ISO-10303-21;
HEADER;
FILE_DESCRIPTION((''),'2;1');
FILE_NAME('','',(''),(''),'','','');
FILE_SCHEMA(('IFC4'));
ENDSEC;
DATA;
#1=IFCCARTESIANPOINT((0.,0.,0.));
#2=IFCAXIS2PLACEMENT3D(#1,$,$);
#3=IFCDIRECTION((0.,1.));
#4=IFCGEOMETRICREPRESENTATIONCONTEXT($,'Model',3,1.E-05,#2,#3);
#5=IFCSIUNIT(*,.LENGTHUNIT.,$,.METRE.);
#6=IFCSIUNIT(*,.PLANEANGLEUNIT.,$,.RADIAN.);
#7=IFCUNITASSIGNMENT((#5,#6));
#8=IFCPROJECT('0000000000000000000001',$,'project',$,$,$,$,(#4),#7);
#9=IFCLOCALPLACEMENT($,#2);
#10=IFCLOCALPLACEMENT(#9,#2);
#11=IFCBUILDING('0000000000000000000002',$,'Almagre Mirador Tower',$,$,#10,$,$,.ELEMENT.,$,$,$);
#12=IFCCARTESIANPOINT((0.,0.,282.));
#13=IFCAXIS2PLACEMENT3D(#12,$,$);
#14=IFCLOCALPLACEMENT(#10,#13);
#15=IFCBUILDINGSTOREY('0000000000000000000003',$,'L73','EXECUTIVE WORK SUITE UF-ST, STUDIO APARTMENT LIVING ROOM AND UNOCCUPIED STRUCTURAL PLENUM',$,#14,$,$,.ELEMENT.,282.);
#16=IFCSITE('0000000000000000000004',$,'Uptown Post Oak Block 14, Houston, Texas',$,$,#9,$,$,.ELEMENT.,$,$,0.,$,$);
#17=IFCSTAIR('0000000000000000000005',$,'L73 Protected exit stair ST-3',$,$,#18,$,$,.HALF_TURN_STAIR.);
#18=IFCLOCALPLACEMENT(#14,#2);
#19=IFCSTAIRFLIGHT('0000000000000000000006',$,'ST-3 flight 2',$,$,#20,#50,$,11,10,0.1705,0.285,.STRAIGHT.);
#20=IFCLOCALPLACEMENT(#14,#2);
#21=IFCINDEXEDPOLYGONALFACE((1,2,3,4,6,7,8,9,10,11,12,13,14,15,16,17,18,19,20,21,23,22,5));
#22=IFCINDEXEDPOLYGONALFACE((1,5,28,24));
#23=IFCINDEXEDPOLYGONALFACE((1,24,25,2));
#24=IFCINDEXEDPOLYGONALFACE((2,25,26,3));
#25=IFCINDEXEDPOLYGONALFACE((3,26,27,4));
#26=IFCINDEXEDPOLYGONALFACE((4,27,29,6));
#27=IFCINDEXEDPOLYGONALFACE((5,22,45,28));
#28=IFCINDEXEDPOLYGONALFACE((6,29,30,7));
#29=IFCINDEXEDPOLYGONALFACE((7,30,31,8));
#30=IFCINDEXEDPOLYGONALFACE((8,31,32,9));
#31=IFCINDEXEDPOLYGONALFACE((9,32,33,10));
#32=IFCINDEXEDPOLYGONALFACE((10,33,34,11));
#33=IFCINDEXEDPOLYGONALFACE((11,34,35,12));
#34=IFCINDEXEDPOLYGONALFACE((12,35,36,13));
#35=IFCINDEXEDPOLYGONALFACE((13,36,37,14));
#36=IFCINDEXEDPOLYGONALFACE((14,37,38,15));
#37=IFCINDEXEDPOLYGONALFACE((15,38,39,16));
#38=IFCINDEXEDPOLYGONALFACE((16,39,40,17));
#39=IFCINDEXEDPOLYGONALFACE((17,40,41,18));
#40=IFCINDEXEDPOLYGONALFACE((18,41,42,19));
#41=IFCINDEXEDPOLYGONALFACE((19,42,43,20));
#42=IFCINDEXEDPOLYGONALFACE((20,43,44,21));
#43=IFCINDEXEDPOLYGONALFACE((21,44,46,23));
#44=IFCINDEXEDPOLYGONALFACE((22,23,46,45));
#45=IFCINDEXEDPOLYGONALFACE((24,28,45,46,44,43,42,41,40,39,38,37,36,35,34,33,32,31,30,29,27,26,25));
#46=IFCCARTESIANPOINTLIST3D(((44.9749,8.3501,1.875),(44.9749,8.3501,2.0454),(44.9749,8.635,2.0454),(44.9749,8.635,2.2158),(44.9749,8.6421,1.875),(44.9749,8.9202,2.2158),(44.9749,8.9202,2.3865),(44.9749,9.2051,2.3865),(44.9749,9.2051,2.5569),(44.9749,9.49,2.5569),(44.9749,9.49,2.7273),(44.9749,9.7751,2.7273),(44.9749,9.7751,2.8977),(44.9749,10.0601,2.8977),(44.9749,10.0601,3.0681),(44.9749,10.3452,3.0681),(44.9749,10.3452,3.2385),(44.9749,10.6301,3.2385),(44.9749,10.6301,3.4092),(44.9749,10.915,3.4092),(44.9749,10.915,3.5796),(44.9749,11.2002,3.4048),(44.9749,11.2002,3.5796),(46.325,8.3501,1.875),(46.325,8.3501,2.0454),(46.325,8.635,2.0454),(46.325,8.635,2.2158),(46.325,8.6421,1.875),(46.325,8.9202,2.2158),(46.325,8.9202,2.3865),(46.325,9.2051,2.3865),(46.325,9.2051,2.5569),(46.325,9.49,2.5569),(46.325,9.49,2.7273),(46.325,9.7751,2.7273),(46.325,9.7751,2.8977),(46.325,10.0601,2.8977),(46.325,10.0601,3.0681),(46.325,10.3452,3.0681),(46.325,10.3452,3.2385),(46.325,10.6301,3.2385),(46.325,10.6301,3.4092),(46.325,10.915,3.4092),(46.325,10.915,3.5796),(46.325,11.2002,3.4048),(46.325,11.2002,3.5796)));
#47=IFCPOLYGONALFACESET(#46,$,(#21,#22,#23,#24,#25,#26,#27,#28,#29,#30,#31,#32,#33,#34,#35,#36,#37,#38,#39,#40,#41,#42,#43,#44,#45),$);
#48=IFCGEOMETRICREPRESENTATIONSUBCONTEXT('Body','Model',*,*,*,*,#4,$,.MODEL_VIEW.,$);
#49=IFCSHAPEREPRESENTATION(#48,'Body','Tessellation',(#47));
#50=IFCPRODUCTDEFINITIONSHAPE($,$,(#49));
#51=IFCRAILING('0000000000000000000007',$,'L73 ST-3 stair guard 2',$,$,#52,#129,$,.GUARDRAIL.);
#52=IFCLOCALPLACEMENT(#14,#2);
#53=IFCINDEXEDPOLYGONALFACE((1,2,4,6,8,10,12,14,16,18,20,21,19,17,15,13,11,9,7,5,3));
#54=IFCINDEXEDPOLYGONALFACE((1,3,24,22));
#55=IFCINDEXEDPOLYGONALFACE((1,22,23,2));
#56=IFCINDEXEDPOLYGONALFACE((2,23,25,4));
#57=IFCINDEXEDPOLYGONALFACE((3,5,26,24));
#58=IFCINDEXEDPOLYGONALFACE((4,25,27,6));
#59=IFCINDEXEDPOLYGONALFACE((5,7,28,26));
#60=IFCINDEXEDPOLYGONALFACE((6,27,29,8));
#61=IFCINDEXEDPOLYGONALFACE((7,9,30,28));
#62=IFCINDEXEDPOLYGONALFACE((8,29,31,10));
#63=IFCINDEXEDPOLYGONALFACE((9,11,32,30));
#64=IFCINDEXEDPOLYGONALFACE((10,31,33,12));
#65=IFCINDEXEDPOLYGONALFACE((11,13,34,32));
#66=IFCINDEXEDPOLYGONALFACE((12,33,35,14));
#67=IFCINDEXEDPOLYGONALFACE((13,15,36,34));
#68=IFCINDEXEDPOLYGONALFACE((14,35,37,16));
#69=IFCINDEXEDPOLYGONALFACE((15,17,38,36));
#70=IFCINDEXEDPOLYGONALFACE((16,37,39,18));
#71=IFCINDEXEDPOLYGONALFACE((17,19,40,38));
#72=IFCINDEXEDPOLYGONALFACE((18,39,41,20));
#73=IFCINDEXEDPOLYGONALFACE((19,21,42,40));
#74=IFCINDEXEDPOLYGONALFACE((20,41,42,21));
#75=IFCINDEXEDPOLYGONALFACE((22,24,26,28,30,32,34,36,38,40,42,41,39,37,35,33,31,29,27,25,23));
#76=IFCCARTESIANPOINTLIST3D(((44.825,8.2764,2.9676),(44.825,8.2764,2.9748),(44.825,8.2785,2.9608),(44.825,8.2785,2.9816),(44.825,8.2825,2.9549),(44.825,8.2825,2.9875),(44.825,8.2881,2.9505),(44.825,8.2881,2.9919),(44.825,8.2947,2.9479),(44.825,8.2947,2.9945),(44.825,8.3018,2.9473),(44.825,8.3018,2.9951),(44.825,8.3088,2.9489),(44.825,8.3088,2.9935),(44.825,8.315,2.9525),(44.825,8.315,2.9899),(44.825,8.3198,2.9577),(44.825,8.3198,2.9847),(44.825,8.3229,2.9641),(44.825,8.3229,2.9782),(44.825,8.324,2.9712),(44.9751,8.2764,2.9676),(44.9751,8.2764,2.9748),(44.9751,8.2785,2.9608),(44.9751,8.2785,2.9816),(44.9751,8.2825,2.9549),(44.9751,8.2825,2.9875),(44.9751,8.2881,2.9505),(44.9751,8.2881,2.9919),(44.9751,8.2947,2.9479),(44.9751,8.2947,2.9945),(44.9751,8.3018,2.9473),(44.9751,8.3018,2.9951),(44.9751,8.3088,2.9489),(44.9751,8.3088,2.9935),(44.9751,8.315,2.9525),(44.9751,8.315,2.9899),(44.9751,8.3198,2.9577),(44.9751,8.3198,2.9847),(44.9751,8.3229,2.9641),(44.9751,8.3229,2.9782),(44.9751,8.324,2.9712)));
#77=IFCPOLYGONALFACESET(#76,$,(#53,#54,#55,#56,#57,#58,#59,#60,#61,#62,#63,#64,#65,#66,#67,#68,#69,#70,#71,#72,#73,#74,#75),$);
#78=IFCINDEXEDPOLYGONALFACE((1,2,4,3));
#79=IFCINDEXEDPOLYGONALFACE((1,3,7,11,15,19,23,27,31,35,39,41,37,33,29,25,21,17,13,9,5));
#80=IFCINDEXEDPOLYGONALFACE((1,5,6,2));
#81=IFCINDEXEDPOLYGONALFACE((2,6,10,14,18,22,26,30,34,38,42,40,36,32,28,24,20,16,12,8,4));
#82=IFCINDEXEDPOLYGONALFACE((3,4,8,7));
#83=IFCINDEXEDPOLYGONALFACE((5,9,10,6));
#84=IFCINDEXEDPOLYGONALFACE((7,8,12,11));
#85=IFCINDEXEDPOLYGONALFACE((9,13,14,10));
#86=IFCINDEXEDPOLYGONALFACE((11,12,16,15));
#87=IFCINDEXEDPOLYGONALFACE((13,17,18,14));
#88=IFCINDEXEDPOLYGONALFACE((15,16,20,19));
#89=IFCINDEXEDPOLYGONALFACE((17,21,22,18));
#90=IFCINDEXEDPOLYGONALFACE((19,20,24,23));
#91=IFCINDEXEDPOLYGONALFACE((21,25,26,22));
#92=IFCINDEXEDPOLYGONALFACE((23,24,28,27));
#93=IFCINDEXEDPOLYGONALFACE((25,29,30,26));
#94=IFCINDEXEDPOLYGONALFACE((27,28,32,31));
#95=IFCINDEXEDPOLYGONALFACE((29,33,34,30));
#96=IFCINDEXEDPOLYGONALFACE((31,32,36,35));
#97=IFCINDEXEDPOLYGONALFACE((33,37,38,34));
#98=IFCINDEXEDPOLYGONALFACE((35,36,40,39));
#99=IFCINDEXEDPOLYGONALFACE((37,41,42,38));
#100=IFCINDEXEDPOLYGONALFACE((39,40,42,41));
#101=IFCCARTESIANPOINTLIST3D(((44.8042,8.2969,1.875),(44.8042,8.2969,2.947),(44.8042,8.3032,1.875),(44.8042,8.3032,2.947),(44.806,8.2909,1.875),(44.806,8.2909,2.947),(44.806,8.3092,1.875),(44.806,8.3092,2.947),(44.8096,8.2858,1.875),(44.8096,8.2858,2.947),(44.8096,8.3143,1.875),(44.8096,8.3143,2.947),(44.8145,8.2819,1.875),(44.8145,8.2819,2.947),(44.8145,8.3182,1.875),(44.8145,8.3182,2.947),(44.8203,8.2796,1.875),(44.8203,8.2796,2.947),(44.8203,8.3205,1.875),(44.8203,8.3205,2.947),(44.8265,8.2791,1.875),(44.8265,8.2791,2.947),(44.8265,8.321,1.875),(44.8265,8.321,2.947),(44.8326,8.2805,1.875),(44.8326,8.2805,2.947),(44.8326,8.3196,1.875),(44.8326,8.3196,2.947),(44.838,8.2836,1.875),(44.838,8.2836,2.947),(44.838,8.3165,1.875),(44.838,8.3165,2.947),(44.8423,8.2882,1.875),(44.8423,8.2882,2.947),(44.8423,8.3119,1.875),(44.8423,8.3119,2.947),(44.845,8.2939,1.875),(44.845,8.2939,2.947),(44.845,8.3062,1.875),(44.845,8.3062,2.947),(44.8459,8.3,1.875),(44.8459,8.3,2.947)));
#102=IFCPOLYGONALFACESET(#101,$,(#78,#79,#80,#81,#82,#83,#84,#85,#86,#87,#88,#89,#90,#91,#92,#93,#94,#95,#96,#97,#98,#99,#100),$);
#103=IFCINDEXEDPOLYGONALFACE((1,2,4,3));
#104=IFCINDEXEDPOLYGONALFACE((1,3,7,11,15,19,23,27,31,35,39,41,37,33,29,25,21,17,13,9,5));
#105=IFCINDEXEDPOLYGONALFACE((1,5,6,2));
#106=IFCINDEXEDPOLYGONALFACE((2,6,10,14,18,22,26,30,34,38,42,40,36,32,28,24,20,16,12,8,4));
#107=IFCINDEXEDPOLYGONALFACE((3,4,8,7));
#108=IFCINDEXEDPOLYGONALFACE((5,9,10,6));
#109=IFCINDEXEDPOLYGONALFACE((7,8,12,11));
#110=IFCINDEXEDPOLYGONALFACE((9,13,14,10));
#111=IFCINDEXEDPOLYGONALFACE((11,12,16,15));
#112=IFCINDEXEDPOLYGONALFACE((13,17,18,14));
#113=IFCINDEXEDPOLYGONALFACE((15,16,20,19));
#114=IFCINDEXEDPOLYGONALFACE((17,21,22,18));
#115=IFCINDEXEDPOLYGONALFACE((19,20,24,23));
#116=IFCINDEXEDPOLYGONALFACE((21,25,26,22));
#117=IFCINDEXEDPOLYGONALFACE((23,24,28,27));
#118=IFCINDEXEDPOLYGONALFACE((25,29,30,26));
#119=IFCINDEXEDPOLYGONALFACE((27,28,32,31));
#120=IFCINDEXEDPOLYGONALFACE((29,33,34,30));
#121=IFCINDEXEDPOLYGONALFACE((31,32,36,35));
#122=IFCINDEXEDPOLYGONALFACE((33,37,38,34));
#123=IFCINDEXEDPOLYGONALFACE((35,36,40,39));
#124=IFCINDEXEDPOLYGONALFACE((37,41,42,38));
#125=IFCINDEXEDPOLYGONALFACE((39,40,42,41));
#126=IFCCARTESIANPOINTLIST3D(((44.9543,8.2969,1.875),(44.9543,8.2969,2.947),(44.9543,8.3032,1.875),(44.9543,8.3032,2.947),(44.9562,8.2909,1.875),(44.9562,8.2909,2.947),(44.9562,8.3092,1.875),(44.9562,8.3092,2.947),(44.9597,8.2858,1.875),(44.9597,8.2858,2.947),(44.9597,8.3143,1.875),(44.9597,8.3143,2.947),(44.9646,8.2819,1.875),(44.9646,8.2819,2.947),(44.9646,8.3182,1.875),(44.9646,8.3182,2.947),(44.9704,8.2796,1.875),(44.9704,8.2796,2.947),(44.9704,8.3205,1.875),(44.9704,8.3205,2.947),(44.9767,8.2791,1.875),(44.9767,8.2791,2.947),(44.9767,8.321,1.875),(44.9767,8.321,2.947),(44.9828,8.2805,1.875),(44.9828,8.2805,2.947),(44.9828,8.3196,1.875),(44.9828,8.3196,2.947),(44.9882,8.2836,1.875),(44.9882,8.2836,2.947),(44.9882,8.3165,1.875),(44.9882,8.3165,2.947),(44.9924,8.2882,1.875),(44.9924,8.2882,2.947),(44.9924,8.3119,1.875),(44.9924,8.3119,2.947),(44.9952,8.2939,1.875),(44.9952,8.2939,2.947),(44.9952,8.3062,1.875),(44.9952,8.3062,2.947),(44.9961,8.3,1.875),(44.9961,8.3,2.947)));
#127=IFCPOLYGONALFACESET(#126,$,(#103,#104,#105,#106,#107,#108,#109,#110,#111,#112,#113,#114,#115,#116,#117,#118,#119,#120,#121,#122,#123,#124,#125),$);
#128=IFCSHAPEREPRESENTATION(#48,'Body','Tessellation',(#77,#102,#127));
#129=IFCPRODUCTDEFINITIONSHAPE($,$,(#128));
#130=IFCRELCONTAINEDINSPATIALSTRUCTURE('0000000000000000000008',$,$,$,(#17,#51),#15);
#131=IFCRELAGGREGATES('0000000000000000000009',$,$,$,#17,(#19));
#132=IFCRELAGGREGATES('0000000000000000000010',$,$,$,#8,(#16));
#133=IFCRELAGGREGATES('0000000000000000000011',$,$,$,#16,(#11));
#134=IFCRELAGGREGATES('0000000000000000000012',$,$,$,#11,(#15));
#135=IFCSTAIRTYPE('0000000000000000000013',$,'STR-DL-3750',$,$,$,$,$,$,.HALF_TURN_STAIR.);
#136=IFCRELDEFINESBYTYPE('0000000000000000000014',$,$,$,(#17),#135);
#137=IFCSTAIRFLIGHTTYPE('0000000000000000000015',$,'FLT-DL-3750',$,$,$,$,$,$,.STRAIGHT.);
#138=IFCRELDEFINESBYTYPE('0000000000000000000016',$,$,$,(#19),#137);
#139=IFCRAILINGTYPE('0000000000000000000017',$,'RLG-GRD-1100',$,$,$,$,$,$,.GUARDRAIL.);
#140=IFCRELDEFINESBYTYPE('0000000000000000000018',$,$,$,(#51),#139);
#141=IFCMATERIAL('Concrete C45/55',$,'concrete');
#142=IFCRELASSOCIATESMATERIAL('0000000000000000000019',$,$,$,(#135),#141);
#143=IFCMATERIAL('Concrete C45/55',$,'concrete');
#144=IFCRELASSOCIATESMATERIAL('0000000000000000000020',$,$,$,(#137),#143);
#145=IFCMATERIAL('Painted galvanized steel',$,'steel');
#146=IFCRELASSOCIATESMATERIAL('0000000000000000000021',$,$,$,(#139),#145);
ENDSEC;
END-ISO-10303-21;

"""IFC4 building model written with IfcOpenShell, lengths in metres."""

from ifc_helpers import new_model, si_unit, direction, frame, origin, origin_2d, place, context, subcontext, project, spatial, polyline, circle, outline, extrude, material, type_object, element, aggregate, save


model = new_model("IFC4")

# Units and contexts
model_context = context("Model", 3, precision=1e-05, world=origin(), true_north=direction((0.0, 1.0)))
body_context = subcontext(model_context, "Body", "Model", "MODEL_VIEW")
ifc_project = project(units=[si_unit("LENGTHUNIT", "METRE"), si_unit("PLANEANGLEUNIT", "RADIAN")], contexts=[model_context])

# Site, building, storey
site_placement = place(None, origin())
site = spatial("IfcSite", under=ifc_project, at=site_placement, Name="Uptown Post Oak Block 14, Houston, Texas", CompositionType="ELEMENT", RefElevation=0.0)
building_placement = place(site_placement, origin())
building = spatial("IfcBuilding", under=site, at=building_placement, Name="Almagre Mirador Tower", CompositionType="ELEMENT")
storey_placement = place(building_placement, frame((0.0, 0.0, 282.0)))
storey = spatial("IfcBuildingStorey", under=building, at=storey_placement, Name="L73", Description="EXECUTIVE WORK SUITE UF-ST, STUDIO APARTMENT LIVING ROOM AND UNOCCUPIED STRUCTURAL PLENUM", CompositionType="ELEMENT", Elevation=282.0)

# Stair, stair flight
ifc_material_1 = material(Name="Concrete C45/55", Category="concrete")
stair_type = type_object("IfcStairType", Name="STR-DL-3750", PredefinedType="HALF_TURN_STAIR", material=ifc_material_1)
stair_placement = place(storey_placement, origin())
stair = element("IfcStair", 1, at=stair_placement, inside=storey, type_object=stair_type, Name="L73 Protected exit stair ST-3", PredefinedType="HALF_TURN_STAIR")
ifc_material_2 = material(Name="Concrete C45/55", Category="concrete")
stair_flight_type = type_object("IfcStairFlightType", Name="FLT-DL-3750", PredefinedType="STRAIGHT", material=ifc_material_2)
stair_flight_placement = place(storey_placement, frame((45.6499, 8.3501, 1.875), z_axis=(0.0, 0.0, 1.0), x_axis=(0.0, 1.0, 0.0)))
stair_flight = element("IfcStairFlight", 2, at=stair_flight_placement, type_object=stair_flight_type, Name="ST-3 flight 2", NumberOfRisers=11, NumberOfTreads=10, PredefinedType="STRAIGHT", RiserHeight=0.1705, TreadLength=0.285, context=body_context, shape_type="SweptSolid", body=[
    extrude(outline(polyline([(0.0, 0.0), (0.0, 0.1704), (0.2849, 0.1704), (0.2849, 0.3408), (0.5701, 0.3408), (0.5701, 0.5115), (0.855, 0.5115), (0.855, 0.6819), (1.1399, 0.6819), (1.1399, 0.8523), (1.425, 0.8523), (1.425, 1.0227), (1.71, 1.0227), (1.71, 1.1931), (1.9951, 1.1931), (1.9951, 1.3635), (2.28, 1.3635), (2.28, 1.5342), (2.5649, 1.5342), (2.5649, 1.7046), (2.8501, 1.7046), (2.8501, 1.875), (2.8501, 1.5298), (0.292, 0.0), (0.0, 0.0)])), frame((0.0, 0.675, 0.0), z_axis=(0.0, -1.0, 0.0), x_axis=(1.0, 0.0, 0.0)), (0.0, 0.0, 1.0), 1.3501),
])
aggregate(stair, [stair_flight])

# Railing
ifc_material_3 = material(Name="Painted galvanized steel", Category="steel")
railing_type_1 = type_object("IfcRailingType", Name="RLG-GRD-1100", PredefinedType="GUARDRAIL", material=ifc_material_3)
railing_1_placement = place(storey_placement, frame((44.825, 8.3, 1.875)))
element("IfcRailing", 3, at=railing_1_placement, inside=storey, type_object=railing_type_1, Name="L73 ST-3 stair guard 2", PredefinedType="GUARDRAIL", context=body_context, shape_type="SweptSolid", body=[
    extrude(circle(Radius=0.0239, at=origin_2d()), frame((0.0, 0.0, 1.0962), z_axis=(1.0, 0.0, 0.0), x_axis=(0.0, 1.0, 0.0)), (0.0, 0.0, 1.0), 0.1501),
    extrude(circle(Radius=0.021, at=origin_2d()), origin(), (0.0, 0.0, 1.0), 1.072),
    extrude(circle(Radius=0.021, at=origin_2d()), frame((0.1501, 0.0, 0.0)), (0.0, 0.0, 1.0), 1.072),
])

save(model, "model.ifc")
